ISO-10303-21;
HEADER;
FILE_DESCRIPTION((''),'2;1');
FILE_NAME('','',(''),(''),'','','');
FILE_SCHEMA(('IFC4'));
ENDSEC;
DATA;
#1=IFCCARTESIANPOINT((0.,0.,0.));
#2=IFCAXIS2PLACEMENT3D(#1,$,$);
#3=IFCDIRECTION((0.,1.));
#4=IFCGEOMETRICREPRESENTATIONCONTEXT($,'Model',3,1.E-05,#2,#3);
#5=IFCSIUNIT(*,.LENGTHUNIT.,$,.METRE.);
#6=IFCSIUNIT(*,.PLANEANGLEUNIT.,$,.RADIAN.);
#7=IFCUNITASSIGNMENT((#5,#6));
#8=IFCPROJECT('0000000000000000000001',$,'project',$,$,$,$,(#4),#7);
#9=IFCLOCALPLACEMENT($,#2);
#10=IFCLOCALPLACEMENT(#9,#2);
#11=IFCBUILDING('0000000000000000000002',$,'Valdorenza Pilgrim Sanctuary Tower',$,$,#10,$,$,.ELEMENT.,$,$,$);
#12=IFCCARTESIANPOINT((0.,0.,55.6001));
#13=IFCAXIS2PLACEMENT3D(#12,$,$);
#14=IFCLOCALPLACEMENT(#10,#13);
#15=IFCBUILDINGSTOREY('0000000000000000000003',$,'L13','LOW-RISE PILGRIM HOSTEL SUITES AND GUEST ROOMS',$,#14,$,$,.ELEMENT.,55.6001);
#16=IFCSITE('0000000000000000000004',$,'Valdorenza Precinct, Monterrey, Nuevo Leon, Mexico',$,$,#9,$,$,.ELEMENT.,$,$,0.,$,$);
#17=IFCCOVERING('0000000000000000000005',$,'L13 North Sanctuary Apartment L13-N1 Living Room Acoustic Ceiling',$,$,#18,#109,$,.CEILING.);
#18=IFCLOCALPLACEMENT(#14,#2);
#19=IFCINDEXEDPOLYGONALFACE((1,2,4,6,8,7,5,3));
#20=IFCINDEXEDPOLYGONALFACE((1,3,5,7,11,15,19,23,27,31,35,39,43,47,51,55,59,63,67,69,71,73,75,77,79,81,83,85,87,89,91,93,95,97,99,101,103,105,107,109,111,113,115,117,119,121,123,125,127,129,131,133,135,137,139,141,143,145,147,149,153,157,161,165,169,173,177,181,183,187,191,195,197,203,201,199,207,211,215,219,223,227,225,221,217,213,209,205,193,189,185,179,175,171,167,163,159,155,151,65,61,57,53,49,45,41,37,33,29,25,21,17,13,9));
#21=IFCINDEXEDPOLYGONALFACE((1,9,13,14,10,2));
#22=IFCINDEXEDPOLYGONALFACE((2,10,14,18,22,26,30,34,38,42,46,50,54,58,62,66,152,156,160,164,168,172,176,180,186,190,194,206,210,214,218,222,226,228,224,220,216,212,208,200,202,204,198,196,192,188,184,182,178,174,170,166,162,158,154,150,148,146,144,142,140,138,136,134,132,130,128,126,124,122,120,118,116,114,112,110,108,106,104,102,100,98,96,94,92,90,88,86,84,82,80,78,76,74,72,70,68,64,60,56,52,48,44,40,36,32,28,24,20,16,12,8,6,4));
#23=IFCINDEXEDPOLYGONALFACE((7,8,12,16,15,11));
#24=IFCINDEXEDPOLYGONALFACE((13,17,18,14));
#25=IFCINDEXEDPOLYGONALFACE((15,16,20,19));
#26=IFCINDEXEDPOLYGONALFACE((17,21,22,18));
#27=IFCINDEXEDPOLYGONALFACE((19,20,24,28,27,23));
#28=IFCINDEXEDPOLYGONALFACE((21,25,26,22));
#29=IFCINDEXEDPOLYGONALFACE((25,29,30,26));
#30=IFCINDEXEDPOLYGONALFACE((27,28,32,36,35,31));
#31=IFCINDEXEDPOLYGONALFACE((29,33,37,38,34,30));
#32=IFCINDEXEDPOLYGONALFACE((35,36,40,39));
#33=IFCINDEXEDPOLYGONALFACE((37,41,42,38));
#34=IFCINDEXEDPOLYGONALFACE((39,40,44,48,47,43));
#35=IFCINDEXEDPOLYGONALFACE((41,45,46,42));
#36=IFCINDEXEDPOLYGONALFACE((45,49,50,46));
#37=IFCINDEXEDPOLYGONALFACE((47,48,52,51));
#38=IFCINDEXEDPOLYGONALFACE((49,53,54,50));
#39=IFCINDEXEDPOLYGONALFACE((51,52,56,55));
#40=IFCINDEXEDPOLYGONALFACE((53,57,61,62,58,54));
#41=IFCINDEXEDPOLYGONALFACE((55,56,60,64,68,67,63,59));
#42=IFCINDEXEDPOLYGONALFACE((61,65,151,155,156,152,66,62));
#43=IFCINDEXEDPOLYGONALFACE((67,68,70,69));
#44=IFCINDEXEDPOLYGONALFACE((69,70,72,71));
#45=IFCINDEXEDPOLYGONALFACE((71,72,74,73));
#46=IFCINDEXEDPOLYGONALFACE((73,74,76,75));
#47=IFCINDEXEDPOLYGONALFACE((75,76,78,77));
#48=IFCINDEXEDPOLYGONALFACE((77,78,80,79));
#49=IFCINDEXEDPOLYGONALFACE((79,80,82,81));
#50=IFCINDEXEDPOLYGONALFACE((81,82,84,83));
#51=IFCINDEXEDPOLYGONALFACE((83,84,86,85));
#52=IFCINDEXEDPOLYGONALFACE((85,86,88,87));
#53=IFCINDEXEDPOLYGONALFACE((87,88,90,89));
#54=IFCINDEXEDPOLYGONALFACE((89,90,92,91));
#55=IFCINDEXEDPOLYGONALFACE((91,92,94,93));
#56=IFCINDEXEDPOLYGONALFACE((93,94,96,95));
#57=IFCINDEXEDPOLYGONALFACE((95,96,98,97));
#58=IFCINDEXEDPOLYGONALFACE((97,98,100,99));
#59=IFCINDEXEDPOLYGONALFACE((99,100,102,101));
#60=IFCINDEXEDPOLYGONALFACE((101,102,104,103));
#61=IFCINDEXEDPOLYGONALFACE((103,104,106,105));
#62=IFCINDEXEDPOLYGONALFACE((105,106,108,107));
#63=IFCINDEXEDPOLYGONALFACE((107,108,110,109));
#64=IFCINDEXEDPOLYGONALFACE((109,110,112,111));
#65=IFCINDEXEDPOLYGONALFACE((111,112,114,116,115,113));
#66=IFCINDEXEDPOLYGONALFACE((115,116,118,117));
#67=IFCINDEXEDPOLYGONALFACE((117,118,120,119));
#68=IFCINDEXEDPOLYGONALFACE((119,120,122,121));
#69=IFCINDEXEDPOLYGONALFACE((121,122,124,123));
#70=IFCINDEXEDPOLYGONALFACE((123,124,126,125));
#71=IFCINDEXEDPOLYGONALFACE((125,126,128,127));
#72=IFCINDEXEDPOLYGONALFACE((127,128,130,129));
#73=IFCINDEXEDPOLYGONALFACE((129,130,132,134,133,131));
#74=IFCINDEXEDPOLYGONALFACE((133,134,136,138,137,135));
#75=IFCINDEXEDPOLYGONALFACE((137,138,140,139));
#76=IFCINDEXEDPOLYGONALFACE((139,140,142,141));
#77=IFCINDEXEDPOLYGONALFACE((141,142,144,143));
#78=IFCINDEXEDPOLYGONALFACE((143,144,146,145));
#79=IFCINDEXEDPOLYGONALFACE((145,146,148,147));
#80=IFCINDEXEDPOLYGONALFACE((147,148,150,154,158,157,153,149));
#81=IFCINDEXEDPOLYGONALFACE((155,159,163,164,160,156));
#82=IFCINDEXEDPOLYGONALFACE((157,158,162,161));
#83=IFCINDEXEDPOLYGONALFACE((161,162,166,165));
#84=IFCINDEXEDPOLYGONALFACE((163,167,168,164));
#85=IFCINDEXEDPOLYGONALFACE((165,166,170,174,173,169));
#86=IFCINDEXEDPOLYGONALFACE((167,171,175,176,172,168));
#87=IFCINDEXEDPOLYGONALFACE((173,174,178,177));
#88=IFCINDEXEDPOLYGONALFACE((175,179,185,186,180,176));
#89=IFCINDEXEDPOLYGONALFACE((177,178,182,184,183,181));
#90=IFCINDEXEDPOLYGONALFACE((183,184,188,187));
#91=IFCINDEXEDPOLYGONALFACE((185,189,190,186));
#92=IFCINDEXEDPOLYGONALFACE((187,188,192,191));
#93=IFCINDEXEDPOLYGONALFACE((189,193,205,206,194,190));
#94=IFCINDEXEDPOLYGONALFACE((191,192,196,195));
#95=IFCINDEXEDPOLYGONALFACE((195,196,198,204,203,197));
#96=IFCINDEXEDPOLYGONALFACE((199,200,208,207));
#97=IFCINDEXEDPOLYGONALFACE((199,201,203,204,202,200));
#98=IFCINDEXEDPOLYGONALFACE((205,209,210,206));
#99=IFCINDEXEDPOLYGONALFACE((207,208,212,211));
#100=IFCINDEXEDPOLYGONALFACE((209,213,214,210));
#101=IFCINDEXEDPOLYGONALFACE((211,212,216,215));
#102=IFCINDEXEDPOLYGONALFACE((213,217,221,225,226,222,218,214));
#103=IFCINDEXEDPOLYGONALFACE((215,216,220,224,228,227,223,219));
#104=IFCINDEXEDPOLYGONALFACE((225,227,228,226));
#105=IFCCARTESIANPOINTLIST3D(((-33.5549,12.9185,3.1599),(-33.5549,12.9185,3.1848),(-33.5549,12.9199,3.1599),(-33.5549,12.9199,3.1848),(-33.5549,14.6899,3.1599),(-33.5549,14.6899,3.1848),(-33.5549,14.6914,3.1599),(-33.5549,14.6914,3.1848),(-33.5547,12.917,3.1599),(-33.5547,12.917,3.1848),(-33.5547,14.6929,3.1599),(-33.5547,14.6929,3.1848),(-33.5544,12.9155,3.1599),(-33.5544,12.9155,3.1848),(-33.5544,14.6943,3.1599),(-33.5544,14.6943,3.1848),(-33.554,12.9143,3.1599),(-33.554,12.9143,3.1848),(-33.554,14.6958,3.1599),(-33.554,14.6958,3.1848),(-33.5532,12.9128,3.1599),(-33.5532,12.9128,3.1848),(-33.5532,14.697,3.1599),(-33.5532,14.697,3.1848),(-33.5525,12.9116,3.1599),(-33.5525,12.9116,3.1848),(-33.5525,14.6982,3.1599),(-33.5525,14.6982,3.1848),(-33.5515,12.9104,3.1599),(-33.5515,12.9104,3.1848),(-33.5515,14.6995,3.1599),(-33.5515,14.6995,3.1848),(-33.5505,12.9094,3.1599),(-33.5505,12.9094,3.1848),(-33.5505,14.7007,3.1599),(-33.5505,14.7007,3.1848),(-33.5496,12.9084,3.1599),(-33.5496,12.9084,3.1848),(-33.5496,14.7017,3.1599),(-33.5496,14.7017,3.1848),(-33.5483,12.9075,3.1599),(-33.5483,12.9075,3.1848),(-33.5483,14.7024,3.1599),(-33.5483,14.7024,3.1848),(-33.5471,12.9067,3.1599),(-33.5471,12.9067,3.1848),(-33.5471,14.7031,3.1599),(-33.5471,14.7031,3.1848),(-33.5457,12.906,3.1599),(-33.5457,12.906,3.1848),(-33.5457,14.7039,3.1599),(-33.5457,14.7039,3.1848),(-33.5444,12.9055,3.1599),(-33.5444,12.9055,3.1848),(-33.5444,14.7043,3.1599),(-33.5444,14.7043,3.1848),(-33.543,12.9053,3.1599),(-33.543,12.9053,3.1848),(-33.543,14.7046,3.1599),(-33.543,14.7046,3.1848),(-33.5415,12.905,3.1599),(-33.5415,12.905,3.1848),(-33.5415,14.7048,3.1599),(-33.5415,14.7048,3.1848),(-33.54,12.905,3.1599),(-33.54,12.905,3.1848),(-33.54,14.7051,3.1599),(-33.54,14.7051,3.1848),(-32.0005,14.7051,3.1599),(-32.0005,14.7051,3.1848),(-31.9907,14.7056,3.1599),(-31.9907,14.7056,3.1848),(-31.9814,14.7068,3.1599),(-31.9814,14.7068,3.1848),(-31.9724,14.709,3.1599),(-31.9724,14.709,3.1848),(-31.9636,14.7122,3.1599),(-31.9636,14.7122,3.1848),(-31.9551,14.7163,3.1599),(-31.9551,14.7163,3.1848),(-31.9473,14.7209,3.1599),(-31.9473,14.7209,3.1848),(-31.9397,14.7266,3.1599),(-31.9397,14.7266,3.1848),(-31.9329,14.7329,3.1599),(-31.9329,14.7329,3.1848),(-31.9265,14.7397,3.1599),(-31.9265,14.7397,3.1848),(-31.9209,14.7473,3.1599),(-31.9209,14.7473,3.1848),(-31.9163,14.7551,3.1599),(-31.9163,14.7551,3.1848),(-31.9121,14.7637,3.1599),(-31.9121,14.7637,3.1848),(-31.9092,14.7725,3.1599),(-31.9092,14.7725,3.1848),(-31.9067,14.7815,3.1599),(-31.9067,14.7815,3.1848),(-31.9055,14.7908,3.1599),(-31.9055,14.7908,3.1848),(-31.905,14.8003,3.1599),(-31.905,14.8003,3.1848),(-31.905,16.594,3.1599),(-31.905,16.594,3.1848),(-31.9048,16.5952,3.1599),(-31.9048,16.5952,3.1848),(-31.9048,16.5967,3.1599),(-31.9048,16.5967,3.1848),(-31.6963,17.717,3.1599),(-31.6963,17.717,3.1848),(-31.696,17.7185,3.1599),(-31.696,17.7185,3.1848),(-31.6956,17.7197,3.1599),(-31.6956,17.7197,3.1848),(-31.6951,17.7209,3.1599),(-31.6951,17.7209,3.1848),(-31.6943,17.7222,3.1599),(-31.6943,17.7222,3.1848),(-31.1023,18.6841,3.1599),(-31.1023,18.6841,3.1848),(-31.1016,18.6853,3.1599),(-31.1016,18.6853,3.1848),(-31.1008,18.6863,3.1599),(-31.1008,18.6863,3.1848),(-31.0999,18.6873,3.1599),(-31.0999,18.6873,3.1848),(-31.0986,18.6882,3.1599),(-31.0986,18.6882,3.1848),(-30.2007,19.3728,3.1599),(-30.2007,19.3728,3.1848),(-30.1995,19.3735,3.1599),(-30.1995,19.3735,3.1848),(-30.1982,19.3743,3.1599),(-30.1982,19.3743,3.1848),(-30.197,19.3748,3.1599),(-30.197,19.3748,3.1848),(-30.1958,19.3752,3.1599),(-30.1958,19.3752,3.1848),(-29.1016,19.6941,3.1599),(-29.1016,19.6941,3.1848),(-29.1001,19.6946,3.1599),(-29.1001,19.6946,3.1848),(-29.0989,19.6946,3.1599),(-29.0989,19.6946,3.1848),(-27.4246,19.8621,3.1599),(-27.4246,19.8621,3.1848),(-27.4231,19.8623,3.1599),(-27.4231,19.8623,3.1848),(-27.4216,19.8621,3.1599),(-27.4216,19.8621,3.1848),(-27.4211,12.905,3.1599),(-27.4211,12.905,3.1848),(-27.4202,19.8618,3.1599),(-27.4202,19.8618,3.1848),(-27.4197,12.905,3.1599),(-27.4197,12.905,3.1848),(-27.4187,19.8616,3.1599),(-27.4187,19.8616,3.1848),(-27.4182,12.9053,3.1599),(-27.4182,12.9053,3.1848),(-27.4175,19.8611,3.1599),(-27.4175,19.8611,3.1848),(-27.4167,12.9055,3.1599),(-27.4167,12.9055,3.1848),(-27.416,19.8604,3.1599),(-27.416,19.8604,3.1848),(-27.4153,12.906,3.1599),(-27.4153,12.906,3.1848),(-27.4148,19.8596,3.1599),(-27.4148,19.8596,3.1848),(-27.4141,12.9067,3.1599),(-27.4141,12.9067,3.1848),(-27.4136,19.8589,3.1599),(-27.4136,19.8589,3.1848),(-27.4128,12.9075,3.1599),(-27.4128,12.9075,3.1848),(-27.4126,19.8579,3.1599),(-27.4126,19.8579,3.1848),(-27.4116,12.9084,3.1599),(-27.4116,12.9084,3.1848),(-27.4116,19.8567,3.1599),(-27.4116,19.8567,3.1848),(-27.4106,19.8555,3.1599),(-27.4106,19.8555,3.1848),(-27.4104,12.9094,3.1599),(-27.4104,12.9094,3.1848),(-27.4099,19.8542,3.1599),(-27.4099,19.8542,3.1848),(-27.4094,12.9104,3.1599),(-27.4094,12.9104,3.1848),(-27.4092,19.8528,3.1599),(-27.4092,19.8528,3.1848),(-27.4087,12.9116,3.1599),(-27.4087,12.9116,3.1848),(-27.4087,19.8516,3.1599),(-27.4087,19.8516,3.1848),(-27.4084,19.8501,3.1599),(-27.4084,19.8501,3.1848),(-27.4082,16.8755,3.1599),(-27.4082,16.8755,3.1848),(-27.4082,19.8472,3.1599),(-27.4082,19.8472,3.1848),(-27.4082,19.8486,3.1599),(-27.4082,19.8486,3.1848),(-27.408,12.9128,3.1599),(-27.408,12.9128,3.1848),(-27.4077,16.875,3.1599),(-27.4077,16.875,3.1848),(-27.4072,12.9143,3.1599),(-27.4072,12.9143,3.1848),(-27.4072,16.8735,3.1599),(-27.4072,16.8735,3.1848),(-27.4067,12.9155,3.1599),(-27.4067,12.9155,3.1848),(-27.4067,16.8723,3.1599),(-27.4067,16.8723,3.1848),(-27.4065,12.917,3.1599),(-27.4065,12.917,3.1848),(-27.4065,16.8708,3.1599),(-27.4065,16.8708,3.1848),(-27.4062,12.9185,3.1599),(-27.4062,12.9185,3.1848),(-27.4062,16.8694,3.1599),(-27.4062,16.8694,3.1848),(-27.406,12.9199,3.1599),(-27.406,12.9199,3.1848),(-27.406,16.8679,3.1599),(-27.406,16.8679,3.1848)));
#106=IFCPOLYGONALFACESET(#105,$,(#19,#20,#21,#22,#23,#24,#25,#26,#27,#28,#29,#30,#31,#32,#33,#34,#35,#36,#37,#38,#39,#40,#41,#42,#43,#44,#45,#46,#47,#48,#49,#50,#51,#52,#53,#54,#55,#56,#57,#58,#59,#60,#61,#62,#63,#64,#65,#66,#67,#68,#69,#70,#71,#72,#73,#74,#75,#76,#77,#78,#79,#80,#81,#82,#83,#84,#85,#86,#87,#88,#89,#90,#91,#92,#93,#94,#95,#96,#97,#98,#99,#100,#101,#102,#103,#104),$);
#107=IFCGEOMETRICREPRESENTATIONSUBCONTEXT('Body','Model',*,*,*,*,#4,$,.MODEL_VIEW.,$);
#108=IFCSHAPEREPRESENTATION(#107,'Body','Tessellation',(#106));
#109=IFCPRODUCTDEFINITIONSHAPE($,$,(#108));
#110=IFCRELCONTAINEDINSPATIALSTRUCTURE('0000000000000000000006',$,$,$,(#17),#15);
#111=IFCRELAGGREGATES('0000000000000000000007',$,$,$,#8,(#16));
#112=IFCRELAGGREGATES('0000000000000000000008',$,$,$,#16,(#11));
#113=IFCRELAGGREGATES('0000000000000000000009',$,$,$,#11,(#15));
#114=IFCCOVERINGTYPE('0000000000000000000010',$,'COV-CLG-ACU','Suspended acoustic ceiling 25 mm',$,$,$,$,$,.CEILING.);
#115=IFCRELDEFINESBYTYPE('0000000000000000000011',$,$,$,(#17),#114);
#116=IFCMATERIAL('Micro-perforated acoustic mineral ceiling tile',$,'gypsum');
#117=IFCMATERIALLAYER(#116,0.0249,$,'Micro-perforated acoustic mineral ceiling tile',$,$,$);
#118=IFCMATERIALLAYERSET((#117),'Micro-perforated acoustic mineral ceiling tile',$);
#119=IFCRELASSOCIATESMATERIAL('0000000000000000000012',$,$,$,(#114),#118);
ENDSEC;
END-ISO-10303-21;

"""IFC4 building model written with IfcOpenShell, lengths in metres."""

from ifc_helpers import new_model, si_unit, direction, frame, origin, place, context, subcontext, project, spatial, polyline, outline, extrude, material, layer, layer_set, type_object, element, save


model = new_model("IFC4")

# Units and contexts
model_context = context("Model", 3, precision=1e-05, world=origin(), true_north=direction((0.0, 1.0)))
body_context = subcontext(model_context, "Body", "Model", "MODEL_VIEW")
ifc_project = project(units=[si_unit("LENGTHUNIT", "METRE"), si_unit("PLANEANGLEUNIT", "RADIAN")], contexts=[model_context])

# Site, building, storey
site_placement = place(None, origin())
site = spatial("IfcSite", under=ifc_project, at=site_placement, Name="Valdorenza Precinct, Monterrey, Nuevo Leon, Mexico", CompositionType="ELEMENT", RefElevation=0.0)
building_placement = place(site_placement, origin())
building = spatial("IfcBuilding", under=site, at=building_placement, Name="Valdorenza Pilgrim Sanctuary Tower", CompositionType="ELEMENT")
storey_placement = place(building_placement, frame((0.0, 0.0, 55.6001)))
storey = spatial("IfcBuildingStorey", under=building, at=storey_placement, Name="L13", Description="LOW-RISE PILGRIM HOSTEL SUITES AND GUEST ROOMS", CompositionType="ELEMENT", Elevation=55.6001)

# Covering
ifc_material_1 = material(Name="Micro-perforated acoustic mineral ceiling tile", Category="gypsum")
ifc_layer_1 = layer(ifc_material_1, 0.0249, Name="Micro-perforated acoustic mineral ceiling tile")
ifc_layer_set_1 = layer_set([ifc_layer_1], Name="Micro-perforated acoustic mineral ceiling tile")
covering_type_1 = type_object("IfcCoveringType", Name="COV-CLG-ACU", Description="Suspended acoustic ceiling 25 mm", PredefinedType="CEILING", material=ifc_layer_set_1)
covering_1_placement = place(storey_placement, frame((0.0, 0.0, 3.1599)))
element("IfcCovering", 1, at=covering_1_placement, inside=storey, type_object=covering_type_1, Name="L13 North Sanctuary Apartment L13-N1 Living Room Acoustic Ceiling", PredefinedType="CEILING", context=body_context, shape_type="SweptSolid", body=[
    extrude(outline(polyline([(-33.54, 12.905), (-33.5415, 12.905), (-33.543, 12.9053), (-33.5444, 12.9055), (-33.5457, 12.906), (-33.5471, 12.9067), (-33.5483, 12.9075), (-33.5496, 12.9084), (-33.5505, 12.9094), (-33.5515, 12.9104), (-33.5525, 12.9116), (-33.5532, 12.9128), (-33.554, 12.9143), (-33.5544, 12.9155), (-33.5547, 12.917), (-33.5549, 12.9185), (-33.5549, 12.9199), (-33.5549, 14.6899), (-33.5549, 14.6914), (-33.5547, 14.6929), (-33.5544, 14.6943), (-33.554, 14.6958), (-33.5532, 14.697), (-33.5525, 14.6982), (-33.5515, 14.6995), (-33.5505, 14.7007), (-33.5496, 14.7017), (-33.5483, 14.7024), (-33.5471, 14.7031), (-33.5457, 14.7039), (-33.5444, 14.7043), (-33.543, 14.7046), (-33.5415, 14.7048), (-33.54, 14.7051), (-32.0005, 14.7051), (-31.9907, 14.7056), (-31.9814, 14.7068), (-31.9724, 14.709), (-31.9636, 14.7122), (-31.9551, 14.7163), (-31.9473, 14.7209), (-31.9397, 14.7266), (-31.9329, 14.7329), (-31.9265, 14.7397), (-31.9209, 14.7473), (-31.9163, 14.7551), (-31.9121, 14.7637), (-31.9092, 14.7725), (-31.9067, 14.7815), (-31.9055, 14.7908), (-31.905, 14.8003), (-31.905, 16.594), (-31.9048, 16.5952), (-31.9048, 16.5967), (-31.6963, 17.717), (-31.696, 17.7185), (-31.6956, 17.7197), (-31.6951, 17.7209), (-31.6943, 17.7222), (-31.1023, 18.6841), (-31.1016, 18.6853), (-31.1008, 18.6863), (-31.0999, 18.6873), (-31.0986, 18.6882), (-30.2007, 19.3728), (-30.1995, 19.3735), (-30.1982, 19.3743), (-30.197, 19.3748), (-30.1958, 19.3752), (-29.1016, 19.6941), (-29.1001, 19.6946), (-29.0989, 19.6946), (-27.4246, 19.8621), (-27.4231, 19.8623), (-27.4216, 19.8621), (-27.4202, 19.8618), (-27.4187, 19.8616), (-27.4175, 19.8611), (-27.416, 19.8604), (-27.4148, 19.8596), (-27.4136, 19.8589), (-27.4126, 19.8579), (-27.4116, 19.8567), (-27.4106, 19.8555), (-27.4099, 19.8542), (-27.4092, 19.8528), (-27.4087, 19.8516), (-27.4084, 19.8501), (-27.4082, 19.8486), (-27.4082, 19.8472), (-27.4082, 16.8755), (-27.4077, 16.875), (-27.4072, 16.8735), (-27.4067, 16.8723), (-27.4065, 16.8708), (-27.4062, 16.8694), (-27.406, 16.8679), (-27.406, 12.9199), (-27.4062, 12.9185), (-27.4065, 12.917), (-27.4067, 12.9155), (-27.4072, 12.9143), (-27.408, 12.9128), (-27.4087, 12.9116), (-27.4094, 12.9104), (-27.4104, 12.9094), (-27.4116, 12.9084), (-27.4128, 12.9075), (-27.4141, 12.9067), (-27.4153, 12.906), (-27.4167, 12.9055), (-27.4182, 12.9053), (-27.4197, 12.905), (-27.4211, 12.905), (-33.54, 12.905)])), origin(), (0.0, 0.0, 1.0), 0.0249),
])

save(model, "model.ifc")
